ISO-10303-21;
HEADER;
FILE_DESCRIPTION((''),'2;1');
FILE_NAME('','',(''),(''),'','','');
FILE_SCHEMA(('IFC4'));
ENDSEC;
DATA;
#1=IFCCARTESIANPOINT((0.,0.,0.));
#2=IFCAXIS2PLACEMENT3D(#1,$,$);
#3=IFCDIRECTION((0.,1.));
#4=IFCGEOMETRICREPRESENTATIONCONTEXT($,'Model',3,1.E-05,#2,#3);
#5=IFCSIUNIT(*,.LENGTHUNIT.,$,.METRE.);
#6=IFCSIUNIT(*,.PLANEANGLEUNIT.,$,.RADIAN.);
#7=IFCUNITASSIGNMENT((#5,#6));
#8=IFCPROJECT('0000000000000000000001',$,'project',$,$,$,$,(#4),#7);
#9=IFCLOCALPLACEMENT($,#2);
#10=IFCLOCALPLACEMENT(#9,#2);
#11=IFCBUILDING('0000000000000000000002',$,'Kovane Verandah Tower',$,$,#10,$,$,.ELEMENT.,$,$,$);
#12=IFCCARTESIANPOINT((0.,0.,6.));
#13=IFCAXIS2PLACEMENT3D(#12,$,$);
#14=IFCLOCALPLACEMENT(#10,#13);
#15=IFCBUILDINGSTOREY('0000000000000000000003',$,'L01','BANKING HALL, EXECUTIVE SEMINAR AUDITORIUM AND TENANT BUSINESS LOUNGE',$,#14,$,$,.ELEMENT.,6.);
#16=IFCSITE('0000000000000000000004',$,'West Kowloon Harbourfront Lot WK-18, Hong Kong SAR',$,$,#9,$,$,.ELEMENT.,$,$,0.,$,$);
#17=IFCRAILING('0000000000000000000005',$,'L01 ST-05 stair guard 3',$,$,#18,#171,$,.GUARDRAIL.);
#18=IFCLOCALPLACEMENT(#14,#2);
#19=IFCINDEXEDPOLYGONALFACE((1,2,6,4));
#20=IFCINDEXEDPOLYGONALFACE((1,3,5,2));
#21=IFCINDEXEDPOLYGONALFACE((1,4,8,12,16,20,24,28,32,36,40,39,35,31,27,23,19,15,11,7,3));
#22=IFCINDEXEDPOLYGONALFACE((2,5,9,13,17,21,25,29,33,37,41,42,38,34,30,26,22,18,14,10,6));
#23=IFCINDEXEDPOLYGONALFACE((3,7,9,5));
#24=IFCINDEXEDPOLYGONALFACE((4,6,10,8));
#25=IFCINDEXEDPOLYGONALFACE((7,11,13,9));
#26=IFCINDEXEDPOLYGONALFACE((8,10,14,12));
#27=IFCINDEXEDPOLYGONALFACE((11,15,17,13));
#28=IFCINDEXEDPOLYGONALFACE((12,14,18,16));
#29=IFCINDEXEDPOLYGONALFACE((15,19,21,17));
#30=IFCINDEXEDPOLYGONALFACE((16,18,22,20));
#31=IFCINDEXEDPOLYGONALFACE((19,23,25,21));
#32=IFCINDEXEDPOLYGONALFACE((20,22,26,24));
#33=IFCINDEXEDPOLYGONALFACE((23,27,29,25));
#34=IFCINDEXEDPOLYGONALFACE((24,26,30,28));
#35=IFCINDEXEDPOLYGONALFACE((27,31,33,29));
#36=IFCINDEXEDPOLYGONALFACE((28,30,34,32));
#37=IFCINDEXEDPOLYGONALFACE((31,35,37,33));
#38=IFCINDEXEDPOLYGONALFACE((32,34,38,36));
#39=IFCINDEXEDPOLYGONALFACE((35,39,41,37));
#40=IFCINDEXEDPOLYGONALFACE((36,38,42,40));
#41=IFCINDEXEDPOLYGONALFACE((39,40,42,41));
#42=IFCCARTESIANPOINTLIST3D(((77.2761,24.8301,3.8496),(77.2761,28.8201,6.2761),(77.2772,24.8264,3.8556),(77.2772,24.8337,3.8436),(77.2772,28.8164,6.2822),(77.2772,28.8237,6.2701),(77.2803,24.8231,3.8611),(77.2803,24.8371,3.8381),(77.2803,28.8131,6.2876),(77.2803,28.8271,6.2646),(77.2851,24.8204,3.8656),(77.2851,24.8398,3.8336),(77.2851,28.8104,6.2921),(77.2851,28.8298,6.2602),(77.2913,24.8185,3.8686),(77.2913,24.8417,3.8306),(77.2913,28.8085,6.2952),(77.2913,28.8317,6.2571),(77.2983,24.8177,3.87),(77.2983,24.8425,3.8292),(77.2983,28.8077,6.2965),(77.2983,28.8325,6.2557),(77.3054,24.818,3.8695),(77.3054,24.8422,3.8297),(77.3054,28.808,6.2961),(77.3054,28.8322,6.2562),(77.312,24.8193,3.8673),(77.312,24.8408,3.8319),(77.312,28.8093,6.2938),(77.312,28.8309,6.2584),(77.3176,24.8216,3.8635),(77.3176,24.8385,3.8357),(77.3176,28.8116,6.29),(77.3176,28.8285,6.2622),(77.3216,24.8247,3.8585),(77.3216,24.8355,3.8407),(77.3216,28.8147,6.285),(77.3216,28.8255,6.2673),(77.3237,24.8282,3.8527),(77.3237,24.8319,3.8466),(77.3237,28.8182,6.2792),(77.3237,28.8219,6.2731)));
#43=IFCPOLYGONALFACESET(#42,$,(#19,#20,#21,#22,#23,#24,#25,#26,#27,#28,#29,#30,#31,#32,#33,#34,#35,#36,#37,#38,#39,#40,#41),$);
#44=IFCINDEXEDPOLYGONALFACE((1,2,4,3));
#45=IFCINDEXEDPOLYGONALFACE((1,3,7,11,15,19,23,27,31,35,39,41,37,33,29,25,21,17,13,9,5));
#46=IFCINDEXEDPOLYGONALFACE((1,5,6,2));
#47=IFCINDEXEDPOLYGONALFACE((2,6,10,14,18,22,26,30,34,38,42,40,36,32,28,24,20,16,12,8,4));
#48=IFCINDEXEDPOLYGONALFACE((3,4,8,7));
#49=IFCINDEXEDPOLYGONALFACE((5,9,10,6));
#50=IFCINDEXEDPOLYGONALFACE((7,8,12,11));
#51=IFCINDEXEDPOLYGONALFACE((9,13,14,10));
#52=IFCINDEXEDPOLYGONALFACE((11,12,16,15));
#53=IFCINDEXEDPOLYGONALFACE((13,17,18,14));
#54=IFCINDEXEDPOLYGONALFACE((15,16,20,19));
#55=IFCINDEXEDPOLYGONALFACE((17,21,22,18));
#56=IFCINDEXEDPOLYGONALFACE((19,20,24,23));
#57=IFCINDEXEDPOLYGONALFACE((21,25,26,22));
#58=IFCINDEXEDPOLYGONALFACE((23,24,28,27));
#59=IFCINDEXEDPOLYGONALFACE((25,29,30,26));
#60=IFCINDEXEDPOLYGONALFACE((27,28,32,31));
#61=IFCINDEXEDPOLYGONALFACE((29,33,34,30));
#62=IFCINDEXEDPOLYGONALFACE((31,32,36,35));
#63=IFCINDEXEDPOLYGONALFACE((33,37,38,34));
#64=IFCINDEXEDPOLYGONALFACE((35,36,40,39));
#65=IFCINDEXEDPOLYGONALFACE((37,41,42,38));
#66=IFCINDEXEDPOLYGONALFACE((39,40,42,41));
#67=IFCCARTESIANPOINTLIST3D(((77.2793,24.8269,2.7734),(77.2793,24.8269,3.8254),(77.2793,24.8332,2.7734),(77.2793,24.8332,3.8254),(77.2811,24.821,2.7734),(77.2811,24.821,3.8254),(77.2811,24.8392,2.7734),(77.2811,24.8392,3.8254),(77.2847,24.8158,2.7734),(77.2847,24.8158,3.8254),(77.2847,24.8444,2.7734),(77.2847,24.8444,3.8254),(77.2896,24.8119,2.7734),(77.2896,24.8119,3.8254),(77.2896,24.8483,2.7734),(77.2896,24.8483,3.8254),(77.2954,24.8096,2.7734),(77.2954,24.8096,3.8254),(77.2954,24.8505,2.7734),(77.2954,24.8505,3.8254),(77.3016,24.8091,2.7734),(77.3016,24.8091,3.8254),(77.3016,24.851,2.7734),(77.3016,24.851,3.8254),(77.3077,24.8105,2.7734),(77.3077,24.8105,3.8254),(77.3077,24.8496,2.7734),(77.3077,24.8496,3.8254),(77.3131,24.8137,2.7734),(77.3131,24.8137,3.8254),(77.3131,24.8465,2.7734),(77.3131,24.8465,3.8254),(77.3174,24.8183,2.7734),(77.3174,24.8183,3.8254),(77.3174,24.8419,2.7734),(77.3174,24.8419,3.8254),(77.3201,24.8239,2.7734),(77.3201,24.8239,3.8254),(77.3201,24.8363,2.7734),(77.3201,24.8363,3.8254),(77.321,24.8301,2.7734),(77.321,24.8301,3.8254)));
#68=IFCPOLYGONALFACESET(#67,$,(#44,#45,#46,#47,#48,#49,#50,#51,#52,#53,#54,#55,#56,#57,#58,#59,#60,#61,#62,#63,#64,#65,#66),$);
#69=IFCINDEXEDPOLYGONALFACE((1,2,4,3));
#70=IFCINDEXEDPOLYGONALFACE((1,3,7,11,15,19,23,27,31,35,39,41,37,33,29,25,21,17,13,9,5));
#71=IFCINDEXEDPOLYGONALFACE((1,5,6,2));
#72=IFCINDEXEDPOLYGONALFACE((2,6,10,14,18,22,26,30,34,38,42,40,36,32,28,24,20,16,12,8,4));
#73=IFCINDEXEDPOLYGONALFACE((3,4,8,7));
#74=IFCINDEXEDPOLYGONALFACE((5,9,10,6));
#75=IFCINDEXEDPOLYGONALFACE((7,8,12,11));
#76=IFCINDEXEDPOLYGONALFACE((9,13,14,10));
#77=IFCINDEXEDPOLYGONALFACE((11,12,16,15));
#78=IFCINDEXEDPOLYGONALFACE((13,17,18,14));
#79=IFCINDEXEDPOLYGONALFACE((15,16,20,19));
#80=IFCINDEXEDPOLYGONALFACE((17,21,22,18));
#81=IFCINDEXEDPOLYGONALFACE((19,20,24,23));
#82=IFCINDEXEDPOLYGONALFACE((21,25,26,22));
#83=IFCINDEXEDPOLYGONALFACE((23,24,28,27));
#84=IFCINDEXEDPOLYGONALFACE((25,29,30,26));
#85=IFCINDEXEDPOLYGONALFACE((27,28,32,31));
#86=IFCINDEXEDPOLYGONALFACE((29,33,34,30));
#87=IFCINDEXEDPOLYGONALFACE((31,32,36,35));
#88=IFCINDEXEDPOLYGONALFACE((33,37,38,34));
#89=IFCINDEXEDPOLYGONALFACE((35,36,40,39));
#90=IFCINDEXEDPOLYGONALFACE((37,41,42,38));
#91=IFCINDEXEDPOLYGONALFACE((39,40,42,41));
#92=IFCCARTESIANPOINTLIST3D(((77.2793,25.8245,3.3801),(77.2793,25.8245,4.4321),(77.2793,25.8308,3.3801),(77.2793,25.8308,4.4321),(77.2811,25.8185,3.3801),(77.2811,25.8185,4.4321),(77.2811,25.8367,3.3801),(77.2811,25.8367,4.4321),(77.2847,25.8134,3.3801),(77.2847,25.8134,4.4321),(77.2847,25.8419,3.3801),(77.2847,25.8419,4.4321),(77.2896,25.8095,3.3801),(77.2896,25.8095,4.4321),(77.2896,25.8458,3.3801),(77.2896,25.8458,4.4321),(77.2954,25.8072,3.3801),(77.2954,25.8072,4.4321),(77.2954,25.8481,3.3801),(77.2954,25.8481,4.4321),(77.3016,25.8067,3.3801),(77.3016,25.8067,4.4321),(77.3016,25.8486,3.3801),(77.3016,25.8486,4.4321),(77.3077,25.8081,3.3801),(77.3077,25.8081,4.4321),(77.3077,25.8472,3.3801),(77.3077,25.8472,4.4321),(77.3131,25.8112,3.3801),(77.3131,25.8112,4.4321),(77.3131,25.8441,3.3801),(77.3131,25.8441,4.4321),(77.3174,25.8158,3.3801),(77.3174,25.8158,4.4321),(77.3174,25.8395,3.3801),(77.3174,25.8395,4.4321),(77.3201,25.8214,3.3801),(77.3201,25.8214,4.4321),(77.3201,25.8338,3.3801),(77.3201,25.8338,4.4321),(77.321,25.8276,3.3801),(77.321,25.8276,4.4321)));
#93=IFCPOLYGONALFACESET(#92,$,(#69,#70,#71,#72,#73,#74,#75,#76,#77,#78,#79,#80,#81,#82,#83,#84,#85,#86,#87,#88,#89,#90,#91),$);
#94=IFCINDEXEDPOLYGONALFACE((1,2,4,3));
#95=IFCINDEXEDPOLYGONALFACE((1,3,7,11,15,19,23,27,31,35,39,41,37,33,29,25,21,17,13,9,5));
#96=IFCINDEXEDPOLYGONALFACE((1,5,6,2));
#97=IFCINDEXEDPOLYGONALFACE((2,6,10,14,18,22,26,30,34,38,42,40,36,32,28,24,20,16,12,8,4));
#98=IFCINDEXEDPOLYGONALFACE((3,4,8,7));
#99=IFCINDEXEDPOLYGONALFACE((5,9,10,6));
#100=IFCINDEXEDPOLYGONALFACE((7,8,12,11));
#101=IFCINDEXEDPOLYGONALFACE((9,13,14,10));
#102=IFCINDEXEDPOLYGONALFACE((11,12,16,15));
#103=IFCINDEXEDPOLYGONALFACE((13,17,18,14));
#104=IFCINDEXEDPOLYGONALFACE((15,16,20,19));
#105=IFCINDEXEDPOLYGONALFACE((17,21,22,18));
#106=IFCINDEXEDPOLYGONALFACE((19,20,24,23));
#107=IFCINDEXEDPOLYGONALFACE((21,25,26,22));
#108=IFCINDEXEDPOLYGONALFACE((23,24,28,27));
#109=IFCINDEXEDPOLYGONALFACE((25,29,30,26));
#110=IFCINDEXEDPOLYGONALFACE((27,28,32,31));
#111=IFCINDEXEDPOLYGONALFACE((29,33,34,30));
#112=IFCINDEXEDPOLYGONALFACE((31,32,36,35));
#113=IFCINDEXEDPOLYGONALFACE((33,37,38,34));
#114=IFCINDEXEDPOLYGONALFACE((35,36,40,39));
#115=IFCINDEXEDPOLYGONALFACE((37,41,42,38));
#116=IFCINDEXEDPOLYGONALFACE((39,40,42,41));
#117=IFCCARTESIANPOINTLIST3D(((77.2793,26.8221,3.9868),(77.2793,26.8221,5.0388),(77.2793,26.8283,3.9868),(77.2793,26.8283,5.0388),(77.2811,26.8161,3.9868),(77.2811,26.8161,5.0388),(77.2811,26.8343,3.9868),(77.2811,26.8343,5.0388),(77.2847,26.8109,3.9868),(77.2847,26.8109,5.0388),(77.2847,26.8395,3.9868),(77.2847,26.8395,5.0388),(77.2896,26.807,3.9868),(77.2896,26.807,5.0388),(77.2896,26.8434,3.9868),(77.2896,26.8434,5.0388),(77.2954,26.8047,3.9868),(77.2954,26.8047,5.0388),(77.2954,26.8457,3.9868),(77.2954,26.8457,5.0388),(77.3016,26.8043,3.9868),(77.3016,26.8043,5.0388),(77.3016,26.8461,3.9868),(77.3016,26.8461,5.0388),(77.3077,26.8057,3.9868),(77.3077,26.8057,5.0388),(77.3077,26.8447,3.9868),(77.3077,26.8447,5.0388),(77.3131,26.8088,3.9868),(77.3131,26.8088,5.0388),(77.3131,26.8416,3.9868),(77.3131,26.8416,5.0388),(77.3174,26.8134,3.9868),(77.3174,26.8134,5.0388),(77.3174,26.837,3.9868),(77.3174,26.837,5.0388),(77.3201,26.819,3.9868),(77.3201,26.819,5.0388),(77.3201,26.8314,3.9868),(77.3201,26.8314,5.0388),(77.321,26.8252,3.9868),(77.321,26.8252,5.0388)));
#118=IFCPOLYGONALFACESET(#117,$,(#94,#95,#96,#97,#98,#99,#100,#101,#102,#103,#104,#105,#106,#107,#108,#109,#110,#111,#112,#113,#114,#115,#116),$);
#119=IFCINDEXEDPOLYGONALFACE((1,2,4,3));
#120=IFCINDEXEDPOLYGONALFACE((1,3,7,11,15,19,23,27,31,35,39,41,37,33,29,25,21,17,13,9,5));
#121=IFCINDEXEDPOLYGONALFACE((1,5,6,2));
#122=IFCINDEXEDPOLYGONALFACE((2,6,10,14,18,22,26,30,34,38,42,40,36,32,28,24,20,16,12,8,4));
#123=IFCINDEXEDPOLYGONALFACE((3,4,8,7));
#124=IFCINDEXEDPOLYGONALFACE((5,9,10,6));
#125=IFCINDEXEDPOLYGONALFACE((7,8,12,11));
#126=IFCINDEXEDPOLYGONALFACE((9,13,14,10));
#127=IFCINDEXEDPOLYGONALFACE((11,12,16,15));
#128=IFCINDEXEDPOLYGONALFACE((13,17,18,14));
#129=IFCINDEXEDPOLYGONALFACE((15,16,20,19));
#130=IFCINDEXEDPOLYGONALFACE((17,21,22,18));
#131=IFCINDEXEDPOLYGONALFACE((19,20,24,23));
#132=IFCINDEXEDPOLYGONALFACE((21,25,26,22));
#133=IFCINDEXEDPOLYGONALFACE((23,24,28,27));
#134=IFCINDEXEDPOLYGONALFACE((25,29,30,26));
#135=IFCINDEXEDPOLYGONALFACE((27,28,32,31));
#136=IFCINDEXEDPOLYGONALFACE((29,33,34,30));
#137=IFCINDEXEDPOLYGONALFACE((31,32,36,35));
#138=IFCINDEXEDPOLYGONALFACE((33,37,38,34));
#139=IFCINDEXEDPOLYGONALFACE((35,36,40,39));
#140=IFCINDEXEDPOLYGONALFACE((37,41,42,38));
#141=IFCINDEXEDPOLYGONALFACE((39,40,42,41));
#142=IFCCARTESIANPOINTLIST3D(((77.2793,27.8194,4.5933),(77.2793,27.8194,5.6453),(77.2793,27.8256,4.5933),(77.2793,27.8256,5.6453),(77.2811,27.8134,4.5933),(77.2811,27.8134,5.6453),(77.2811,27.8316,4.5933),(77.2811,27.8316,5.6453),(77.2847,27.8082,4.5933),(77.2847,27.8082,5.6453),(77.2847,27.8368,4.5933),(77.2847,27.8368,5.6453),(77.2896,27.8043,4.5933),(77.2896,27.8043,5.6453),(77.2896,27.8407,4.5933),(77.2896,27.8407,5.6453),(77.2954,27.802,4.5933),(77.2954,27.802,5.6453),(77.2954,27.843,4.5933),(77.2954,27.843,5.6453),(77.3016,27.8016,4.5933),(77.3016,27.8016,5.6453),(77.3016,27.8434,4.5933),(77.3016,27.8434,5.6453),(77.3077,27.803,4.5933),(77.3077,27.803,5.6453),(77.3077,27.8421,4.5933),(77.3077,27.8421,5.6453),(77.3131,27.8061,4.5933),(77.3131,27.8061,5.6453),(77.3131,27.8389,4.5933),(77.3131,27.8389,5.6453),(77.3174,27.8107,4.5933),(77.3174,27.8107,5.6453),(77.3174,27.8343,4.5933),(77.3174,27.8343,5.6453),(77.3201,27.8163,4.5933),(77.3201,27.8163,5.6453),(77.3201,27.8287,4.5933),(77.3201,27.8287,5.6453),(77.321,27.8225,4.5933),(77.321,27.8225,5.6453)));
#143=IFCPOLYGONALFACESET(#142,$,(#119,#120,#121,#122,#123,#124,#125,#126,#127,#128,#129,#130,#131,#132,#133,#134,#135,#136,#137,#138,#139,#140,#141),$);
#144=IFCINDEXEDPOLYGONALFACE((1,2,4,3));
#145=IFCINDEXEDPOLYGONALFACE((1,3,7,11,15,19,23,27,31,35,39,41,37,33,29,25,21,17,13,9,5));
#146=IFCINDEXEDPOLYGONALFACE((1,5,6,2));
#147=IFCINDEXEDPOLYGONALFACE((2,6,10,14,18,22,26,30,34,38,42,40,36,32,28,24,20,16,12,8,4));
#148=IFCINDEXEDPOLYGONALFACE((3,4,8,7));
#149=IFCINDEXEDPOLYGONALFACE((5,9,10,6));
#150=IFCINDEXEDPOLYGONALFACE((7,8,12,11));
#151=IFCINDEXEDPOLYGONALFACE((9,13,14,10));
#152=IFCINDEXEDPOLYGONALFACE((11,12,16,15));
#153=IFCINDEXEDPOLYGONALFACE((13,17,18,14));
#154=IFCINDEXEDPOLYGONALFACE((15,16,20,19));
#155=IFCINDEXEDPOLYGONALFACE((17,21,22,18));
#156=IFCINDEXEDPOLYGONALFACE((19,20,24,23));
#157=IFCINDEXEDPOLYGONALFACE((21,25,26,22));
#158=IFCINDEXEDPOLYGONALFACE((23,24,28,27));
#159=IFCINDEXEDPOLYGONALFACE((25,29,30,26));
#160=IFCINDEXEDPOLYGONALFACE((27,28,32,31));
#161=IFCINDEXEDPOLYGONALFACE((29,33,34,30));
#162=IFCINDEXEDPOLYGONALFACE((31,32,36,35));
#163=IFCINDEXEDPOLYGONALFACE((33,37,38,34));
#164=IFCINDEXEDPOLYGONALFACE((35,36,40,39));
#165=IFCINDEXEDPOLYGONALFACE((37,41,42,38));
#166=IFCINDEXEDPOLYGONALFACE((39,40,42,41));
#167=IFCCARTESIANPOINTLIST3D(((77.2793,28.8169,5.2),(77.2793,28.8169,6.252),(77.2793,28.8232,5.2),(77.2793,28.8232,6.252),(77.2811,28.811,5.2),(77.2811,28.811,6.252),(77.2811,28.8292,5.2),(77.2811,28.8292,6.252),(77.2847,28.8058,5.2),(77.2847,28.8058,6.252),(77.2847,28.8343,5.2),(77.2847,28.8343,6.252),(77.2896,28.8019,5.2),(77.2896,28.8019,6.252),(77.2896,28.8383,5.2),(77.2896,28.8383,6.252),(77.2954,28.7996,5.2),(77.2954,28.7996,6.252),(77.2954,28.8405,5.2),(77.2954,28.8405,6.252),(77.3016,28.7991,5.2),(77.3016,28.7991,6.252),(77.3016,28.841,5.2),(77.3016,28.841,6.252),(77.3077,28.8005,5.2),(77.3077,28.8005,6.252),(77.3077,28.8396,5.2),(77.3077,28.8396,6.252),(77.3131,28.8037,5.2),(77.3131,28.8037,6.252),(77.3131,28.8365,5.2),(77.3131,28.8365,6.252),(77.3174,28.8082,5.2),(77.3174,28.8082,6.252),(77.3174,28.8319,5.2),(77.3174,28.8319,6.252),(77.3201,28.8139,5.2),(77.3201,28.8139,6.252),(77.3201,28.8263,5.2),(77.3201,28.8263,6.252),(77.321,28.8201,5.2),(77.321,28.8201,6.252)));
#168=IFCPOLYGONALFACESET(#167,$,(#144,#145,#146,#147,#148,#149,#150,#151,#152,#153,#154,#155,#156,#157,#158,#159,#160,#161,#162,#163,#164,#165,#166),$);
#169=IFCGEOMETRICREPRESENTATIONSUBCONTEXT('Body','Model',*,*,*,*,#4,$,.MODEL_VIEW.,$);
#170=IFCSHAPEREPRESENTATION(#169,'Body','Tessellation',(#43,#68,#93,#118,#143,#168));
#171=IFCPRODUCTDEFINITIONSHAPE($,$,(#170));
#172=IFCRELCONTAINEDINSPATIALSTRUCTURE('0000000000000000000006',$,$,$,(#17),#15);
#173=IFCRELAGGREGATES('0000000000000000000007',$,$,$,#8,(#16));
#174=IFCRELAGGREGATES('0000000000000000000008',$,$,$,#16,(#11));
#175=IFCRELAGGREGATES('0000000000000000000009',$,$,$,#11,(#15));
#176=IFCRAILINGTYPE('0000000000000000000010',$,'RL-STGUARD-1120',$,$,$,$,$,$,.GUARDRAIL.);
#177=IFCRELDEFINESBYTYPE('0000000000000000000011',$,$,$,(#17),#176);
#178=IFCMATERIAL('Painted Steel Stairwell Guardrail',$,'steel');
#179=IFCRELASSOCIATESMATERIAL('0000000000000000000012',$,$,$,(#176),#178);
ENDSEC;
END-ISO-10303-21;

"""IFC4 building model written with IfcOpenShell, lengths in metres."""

from ifc_helpers import new_model, si_unit, direction, frame, origin, origin_2d, place, context, subcontext, project, spatial, circle, extrude, material, type_object, element, save


model = new_model("IFC4")

# Units and contexts
model_context = context("Model", 3, precision=1e-05, world=origin(), true_north=direction((0.0, 1.0)))
body_context = subcontext(model_context, "Body", "Model", "MODEL_VIEW")
ifc_project = project(units=[si_unit("LENGTHUNIT", "METRE"), si_unit("PLANEANGLEUNIT", "RADIAN")], contexts=[model_context])

# Site, building, storey
site_placement = place(None, origin())
site = spatial("IfcSite", under=ifc_project, at=site_placement, Name="West Kowloon Harbourfront Lot WK-18, Hong Kong SAR", CompositionType="ELEMENT", RefElevation=0.0)
building_placement = place(site_placement, origin())
building = spatial("IfcBuilding", under=site, at=building_placement, Name="Kovane Verandah Tower", CompositionType="ELEMENT")
storey_placement = place(building_placement, frame((0.0, 0.0, 6.0)))
storey = spatial("IfcBuildingStorey", under=building, at=storey_placement, Name="L01", Description="BANKING HALL, EXECUTIVE SEMINAR AUDITORIUM AND TENANT BUSINESS LOUNGE", CompositionType="ELEMENT", Elevation=6.0)

# Railing
ifc_material_1 = material(Name="Painted Steel Stairwell Guardrail", Category="steel")
railing_type_1 = type_object("IfcRailingType", Name="RL-STGUARD-1120", PredefinedType="GUARDRAIL", material=ifc_material_1)
railing_1_placement = place(storey_placement, frame((77.3, 24.8301, 2.7734)))
element("IfcRailing", 1, at=railing_1_placement, inside=storey, type_object=railing_type_1, Name="L01 ST-05 stair guard 3", PredefinedType="GUARDRAIL", context=body_context, shape_type="SweptSolid", body=[
    extrude(circle(Radius=0.0239, at=origin_2d()), frame((0.0, 0.0, 1.0762), z_axis=(0.0, 0.854405, 0.519607), x_axis=(-1.0, 0.0, 0.0)), (0.0, 0.0, 1.0), 4.6699),
    extrude(circle(Radius=0.021, at=origin_2d()), origin(), (0.0, 0.0, 1.0), 1.052),
    extrude(circle(Radius=0.021, at=origin_2d()), frame((0.0, 0.9976, 0.6067)), (0.0, 0.0, 1.0), 1.052),
    extrude(circle(Radius=0.021, at=origin_2d()), frame((0.0, 1.9951, 1.2134)), (0.0, 0.0, 1.0), 1.052),
    extrude(circle(Radius=0.021, at=origin_2d()), frame((0.0, 2.9924, 1.8198)), (0.0, 0.0, 1.0), 1.052),
    extrude(circle(Radius=0.021, at=origin_2d()), frame((0.0, 3.99, 2.4265)), (0.0, 0.0, 1.0), 1.052),
])

save(model, "model.ifc")
